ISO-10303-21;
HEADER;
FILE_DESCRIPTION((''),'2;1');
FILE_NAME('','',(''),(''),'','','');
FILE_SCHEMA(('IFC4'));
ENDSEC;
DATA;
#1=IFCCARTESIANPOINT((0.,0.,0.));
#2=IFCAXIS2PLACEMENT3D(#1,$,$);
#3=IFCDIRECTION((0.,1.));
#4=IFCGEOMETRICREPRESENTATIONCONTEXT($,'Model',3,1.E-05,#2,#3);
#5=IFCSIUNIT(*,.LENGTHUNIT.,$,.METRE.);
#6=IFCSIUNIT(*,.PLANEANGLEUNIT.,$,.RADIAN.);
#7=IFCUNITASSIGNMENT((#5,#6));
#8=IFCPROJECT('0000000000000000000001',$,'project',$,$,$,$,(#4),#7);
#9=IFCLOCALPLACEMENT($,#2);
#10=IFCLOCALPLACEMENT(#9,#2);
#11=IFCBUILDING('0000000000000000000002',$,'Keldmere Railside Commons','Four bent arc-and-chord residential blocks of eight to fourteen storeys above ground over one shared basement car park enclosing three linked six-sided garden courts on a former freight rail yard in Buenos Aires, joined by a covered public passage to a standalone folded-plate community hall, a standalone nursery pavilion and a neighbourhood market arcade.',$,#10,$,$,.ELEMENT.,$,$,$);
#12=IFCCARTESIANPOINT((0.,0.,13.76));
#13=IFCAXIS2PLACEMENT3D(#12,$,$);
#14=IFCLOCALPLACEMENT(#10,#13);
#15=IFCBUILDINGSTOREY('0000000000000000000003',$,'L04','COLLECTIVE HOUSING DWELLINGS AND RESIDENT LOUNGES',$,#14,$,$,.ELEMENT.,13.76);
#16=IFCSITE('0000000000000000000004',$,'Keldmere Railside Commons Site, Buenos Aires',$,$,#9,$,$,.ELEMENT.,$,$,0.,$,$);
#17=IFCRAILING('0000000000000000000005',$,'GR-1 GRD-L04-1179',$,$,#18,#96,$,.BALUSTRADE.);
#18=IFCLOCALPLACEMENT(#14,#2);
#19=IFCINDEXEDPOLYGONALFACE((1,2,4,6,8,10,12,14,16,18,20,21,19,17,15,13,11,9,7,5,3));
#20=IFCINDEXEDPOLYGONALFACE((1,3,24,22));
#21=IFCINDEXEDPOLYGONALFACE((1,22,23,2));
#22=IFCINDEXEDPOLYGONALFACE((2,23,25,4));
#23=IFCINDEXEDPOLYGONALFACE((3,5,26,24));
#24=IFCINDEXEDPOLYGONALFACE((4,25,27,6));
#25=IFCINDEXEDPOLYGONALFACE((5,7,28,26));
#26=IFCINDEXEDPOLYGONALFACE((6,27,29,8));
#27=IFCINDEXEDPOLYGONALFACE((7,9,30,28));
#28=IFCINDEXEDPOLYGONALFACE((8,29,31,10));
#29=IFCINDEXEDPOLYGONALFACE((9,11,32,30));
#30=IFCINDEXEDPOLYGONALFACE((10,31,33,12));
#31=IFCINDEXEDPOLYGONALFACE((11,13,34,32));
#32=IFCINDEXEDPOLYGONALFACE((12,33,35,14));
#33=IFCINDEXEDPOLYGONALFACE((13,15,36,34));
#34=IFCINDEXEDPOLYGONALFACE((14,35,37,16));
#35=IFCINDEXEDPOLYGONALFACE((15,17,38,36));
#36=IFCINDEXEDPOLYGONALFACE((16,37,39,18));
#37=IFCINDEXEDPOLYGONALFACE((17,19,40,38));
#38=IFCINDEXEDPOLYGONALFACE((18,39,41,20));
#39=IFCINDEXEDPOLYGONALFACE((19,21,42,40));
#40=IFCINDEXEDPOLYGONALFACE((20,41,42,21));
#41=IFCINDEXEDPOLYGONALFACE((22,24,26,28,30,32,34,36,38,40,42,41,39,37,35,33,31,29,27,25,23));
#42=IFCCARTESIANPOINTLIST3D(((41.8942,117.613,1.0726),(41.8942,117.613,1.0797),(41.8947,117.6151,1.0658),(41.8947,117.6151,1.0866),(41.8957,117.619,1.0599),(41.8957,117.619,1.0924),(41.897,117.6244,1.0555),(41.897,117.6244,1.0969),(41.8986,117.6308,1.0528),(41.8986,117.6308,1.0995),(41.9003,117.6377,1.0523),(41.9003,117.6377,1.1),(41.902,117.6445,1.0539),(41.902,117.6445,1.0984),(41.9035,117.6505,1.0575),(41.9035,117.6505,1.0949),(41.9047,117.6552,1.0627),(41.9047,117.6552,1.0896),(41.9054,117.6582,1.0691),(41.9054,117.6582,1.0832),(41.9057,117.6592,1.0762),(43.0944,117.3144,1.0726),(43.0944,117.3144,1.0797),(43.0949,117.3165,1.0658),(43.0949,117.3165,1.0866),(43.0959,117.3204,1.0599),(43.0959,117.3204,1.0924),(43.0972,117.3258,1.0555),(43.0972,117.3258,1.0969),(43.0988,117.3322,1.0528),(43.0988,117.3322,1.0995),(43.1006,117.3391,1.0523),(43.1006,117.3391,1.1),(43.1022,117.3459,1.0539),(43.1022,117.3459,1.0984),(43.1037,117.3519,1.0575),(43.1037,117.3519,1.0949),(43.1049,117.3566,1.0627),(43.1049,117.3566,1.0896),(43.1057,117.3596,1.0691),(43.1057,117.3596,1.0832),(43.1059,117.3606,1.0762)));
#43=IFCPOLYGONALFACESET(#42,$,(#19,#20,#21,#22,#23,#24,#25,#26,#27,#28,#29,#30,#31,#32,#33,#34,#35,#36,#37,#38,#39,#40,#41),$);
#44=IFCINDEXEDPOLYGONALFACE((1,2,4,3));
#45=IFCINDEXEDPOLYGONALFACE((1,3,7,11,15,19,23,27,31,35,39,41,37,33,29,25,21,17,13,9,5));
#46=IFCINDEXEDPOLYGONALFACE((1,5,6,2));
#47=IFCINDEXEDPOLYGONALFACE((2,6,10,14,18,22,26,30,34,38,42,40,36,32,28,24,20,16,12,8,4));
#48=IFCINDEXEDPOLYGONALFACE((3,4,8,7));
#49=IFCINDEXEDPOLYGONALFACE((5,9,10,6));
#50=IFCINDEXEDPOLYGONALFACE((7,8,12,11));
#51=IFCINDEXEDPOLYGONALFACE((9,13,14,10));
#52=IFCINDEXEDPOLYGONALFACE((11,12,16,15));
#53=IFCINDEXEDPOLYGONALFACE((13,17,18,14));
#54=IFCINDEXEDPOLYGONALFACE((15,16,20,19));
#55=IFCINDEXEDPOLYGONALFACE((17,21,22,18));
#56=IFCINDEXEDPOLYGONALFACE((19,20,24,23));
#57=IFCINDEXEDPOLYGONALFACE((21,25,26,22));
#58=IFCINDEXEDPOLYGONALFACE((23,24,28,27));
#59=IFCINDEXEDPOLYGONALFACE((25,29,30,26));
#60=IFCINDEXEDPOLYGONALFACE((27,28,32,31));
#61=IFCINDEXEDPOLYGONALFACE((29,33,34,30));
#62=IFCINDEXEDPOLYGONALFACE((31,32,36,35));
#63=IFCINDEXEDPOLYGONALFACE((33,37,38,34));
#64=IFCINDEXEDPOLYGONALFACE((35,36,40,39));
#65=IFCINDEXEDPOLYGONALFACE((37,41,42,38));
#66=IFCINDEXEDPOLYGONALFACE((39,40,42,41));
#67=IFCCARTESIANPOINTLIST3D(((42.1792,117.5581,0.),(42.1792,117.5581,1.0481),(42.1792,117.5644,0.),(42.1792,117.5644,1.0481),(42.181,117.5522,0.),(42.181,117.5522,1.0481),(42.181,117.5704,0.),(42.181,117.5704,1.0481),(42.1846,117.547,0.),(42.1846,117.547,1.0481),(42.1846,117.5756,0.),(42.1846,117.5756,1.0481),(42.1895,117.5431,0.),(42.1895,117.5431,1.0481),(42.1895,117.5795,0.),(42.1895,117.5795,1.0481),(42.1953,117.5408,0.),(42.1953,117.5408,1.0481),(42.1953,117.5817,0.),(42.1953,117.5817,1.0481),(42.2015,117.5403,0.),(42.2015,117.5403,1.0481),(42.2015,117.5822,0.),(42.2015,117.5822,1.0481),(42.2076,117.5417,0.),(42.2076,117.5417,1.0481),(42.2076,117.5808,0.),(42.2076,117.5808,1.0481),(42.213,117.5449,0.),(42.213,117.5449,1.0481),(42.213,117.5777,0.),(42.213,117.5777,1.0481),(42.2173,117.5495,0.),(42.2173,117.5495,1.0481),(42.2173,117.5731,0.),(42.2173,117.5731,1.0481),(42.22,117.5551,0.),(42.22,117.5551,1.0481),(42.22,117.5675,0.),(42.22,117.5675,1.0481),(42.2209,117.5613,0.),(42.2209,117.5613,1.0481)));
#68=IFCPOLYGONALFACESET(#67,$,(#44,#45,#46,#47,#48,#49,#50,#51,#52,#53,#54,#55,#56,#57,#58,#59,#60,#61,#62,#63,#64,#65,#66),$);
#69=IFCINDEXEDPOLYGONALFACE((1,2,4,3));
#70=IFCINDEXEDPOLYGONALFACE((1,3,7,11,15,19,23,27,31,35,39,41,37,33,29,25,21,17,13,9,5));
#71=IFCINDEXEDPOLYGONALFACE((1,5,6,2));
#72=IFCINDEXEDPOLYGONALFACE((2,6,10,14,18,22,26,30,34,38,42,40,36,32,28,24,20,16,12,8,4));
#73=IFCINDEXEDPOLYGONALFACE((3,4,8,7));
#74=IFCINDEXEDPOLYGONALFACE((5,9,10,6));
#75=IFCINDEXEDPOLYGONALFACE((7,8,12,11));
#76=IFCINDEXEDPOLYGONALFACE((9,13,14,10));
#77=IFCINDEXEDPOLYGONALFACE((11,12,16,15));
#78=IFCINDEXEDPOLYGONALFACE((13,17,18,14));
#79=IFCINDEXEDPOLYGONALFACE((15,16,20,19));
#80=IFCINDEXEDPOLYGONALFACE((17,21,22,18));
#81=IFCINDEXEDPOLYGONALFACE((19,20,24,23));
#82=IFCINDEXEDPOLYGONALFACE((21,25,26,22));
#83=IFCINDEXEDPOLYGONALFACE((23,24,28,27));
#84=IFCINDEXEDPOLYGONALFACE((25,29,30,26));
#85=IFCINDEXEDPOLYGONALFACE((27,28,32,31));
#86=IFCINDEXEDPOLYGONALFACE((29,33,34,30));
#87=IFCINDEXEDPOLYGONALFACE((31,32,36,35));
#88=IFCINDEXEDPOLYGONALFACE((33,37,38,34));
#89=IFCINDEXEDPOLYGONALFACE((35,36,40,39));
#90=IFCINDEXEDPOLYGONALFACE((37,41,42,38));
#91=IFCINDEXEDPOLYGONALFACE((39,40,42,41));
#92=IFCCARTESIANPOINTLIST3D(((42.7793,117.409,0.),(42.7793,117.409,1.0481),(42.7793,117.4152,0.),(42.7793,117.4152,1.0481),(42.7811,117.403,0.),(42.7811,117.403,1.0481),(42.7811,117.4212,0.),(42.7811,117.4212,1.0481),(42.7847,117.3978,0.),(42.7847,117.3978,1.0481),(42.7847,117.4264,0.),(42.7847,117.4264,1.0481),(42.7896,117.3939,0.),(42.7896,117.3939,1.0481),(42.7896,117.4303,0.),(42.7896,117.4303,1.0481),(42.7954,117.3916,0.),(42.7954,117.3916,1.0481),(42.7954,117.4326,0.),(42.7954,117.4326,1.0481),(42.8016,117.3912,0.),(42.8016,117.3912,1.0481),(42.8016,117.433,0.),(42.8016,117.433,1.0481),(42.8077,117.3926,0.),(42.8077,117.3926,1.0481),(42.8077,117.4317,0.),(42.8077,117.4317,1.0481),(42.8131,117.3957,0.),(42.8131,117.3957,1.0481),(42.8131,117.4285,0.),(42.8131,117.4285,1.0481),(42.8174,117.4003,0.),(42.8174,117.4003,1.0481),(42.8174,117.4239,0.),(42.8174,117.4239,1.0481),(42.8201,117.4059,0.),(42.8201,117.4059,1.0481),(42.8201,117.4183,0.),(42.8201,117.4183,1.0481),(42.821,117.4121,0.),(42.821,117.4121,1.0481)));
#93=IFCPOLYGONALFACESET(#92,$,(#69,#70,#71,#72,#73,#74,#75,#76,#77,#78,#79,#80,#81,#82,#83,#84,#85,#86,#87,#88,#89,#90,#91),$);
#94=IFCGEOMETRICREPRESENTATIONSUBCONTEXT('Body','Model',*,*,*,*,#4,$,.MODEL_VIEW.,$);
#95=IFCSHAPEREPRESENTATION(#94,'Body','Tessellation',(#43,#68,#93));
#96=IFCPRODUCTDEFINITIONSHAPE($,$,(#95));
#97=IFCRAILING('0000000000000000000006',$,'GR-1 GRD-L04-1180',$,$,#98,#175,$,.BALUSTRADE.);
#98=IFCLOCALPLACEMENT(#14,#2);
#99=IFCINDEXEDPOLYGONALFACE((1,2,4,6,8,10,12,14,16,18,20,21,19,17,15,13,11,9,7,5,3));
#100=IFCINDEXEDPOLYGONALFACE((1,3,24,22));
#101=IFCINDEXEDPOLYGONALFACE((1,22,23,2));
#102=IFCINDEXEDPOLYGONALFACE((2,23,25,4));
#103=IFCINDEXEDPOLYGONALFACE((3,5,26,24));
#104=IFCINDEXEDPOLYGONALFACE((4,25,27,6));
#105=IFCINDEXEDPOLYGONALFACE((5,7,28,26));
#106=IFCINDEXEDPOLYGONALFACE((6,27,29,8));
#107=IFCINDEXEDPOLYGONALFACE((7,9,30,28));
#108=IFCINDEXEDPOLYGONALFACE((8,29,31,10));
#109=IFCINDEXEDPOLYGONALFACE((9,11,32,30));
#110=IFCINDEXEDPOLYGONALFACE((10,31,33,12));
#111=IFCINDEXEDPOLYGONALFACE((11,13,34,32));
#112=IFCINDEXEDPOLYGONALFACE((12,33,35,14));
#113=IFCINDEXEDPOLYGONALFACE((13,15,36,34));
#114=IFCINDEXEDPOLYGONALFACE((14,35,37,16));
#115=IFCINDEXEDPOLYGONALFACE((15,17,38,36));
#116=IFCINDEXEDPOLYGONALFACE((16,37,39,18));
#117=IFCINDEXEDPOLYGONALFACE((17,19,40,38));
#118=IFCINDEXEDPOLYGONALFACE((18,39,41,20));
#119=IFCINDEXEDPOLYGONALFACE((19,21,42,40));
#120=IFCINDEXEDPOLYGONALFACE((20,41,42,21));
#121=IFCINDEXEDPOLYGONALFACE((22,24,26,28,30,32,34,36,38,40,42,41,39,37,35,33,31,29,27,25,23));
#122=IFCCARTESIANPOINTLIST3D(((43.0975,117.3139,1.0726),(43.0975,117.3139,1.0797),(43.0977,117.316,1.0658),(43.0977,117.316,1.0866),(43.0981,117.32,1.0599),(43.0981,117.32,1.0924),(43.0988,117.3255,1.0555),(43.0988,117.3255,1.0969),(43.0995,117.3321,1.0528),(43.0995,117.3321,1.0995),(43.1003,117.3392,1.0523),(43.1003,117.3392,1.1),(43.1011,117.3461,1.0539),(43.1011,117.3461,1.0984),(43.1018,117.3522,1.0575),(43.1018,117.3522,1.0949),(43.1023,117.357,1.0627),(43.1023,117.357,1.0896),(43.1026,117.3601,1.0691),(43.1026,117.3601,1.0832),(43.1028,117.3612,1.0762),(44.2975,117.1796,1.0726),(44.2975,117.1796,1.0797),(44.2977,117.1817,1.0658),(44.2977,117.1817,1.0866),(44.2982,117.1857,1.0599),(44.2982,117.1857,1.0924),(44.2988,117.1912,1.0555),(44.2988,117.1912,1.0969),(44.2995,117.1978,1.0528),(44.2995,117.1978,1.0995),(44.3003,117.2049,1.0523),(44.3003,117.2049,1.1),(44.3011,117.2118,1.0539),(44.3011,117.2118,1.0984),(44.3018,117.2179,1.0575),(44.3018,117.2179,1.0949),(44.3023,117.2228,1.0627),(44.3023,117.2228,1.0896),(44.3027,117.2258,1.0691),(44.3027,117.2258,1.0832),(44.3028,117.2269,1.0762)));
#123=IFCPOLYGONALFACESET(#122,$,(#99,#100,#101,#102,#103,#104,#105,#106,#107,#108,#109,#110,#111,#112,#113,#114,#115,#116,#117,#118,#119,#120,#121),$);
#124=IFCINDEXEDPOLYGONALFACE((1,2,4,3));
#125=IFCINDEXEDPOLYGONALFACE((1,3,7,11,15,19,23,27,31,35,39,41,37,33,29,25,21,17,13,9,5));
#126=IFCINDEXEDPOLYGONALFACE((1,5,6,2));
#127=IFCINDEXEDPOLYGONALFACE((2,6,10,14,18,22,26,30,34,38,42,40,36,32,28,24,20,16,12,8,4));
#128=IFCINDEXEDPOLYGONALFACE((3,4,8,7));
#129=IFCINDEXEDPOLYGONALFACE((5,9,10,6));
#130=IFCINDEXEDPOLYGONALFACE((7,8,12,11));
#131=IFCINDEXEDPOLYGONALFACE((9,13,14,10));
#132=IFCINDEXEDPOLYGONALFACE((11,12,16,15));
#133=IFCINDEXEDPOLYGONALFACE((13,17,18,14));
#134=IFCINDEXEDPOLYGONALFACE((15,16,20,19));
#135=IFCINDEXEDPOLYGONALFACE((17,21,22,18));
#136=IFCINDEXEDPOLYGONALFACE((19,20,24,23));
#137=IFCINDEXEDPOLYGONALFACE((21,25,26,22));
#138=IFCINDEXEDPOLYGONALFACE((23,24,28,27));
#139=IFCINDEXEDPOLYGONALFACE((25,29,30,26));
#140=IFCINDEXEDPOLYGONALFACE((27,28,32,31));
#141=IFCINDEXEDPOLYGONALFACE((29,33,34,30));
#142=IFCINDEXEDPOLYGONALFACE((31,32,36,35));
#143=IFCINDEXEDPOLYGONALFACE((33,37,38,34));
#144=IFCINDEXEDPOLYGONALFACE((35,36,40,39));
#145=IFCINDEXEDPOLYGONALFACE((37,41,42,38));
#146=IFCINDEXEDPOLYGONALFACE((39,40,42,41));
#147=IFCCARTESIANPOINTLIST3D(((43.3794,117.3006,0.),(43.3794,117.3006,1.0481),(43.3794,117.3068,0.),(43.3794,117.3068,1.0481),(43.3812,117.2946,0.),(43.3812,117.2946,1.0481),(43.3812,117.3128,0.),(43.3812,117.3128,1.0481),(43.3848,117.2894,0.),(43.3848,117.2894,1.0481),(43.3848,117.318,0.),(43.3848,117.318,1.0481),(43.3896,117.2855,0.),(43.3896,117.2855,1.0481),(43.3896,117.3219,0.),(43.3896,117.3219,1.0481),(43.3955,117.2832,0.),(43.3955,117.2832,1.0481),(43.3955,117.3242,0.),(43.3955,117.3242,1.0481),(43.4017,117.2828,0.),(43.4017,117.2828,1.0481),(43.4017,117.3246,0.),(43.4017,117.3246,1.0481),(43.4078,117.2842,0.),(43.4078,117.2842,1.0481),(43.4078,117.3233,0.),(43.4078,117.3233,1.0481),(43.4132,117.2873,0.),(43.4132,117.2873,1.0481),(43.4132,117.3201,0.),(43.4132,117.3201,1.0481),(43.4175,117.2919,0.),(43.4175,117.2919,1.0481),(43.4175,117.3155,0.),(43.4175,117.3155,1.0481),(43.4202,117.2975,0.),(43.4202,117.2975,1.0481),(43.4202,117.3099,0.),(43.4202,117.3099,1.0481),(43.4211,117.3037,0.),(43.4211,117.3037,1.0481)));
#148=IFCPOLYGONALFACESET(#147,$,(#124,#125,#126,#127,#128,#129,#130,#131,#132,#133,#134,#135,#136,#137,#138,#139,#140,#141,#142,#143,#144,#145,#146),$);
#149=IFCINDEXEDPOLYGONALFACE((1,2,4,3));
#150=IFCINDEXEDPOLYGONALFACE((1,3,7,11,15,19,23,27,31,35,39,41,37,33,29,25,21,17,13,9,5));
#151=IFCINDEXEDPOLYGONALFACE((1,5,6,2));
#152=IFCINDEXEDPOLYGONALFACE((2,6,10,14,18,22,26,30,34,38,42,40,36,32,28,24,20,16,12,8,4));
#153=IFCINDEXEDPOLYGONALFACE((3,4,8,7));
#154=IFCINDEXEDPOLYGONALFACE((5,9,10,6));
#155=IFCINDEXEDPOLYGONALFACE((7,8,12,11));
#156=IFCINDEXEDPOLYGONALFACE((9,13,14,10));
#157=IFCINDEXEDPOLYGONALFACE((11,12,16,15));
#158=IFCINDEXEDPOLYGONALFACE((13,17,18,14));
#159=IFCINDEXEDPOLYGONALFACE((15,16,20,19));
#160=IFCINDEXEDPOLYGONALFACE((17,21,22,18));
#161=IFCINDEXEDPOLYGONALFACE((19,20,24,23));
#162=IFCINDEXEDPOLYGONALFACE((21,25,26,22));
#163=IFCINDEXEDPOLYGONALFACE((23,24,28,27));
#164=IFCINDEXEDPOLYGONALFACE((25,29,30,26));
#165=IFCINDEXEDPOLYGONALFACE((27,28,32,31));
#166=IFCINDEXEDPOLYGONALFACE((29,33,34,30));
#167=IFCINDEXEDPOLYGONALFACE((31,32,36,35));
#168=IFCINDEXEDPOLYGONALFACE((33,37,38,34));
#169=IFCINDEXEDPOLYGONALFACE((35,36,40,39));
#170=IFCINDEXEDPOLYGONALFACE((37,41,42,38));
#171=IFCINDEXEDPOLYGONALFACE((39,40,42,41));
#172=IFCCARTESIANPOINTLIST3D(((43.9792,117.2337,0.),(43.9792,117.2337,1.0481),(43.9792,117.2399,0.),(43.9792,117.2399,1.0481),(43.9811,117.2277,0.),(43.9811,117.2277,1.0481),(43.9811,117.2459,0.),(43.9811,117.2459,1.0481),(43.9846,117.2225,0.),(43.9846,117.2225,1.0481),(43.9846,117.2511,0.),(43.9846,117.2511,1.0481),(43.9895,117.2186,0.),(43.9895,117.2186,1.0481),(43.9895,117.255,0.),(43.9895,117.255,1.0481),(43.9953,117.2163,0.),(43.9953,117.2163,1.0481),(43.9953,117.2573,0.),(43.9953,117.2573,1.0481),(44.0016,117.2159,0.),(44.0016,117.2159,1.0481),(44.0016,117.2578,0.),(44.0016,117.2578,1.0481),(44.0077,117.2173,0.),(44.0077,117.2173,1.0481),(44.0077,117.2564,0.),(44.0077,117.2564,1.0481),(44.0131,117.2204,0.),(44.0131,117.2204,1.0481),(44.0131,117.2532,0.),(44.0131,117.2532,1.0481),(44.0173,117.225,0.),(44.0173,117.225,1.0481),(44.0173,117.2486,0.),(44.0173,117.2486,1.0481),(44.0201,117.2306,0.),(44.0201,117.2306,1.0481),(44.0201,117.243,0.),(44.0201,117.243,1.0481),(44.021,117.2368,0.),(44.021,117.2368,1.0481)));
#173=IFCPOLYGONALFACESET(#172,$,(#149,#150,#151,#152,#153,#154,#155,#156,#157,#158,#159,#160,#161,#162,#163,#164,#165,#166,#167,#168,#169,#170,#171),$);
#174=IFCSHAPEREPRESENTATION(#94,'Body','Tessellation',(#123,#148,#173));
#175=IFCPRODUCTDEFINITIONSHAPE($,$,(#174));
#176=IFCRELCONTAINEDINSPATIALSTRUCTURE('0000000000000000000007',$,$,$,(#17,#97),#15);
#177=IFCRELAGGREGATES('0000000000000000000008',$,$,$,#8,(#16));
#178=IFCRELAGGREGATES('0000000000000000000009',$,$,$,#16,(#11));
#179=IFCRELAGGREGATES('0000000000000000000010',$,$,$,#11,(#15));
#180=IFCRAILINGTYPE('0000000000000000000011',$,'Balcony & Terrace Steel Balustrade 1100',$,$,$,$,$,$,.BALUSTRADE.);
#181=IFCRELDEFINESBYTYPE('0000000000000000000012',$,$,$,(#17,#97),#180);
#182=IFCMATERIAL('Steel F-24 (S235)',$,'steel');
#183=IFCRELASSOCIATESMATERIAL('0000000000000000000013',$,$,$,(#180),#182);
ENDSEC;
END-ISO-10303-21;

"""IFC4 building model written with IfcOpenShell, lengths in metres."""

from ifc_helpers import new_model, si_unit, direction, frame, origin, origin_2d, place, context, subcontext, project, spatial, circle, extrude, material, type_object, element, save


model = new_model("IFC4")

# Units and contexts
model_context = context("Model", 3, precision=1e-05, world=origin(), true_north=direction((0.0, 1.0)))
body_context = subcontext(model_context, "Body", "Model", "MODEL_VIEW")
ifc_project = project(units=[si_unit("LENGTHUNIT", "METRE"), si_unit("PLANEANGLEUNIT", "RADIAN")], contexts=[model_context])

# Site, building, storey
site_placement = place(None, origin())
site = spatial("IfcSite", under=ifc_project, at=site_placement, Name="Keldmere Railside Commons Site, Buenos Aires", CompositionType="ELEMENT", RefElevation=0.0)
building_placement = place(site_placement, origin())
building = spatial("IfcBuilding", under=site, at=building_placement, Name="Keldmere Railside Commons", Description="Four bent arc-and-chord residential blocks of eight to fourteen storeys above ground over one shared basement car park enclosing three linked six-sided garden courts on a former freight rail yard in Buenos Aires, joined by a covered public passage to a standalone folded-plate community hall, a standalone nursery pavilion and a neighbourhood market arcade.", CompositionType="ELEMENT")
storey_placement = place(building_placement, frame((0.0, 0.0, 13.76)))
storey = spatial("IfcBuildingStorey", under=building, at=storey_placement, Name="L04", Description="COLLECTIVE HOUSING DWELLINGS AND RESIDENT LOUNGES", CompositionType="ELEMENT", Elevation=13.76)

# Railings
ifc_material_1 = material(Name="Steel F-24 (S235)", Category="steel")
railing_type = type_object("IfcRailingType", Name="Balcony & Terrace Steel Balustrade 1100", PredefinedType="BALUSTRADE", material=ifc_material_1)
railing_1_placement = place(storey_placement, frame((41.8999, 117.636, 0.0)))
element("IfcRailing", 1, at=railing_1_placement, inside=storey, type_object=railing_type, Name="GR-1 GRD-L04-1179", PredefinedType="BALUSTRADE", context=body_context, shape_type="SweptSolid", body=[
    extrude(circle(Radius=0.0239, at=origin_2d()), frame((0.0, 0.0, 1.0762), z_axis=(0.970421, -0.241421, 0.0), x_axis=(0.241421, 0.970421, 0.0)), (0.0, 0.0, 1.0), 1.2368),
    extrude(circle(Radius=0.021, at=origin_2d()), frame((0.3, -0.0747, 0.0)), (0.0, 0.0, 1.0), 1.0481),
    extrude(circle(Radius=0.021, at=origin_2d()), frame((0.9001, -0.2239, 0.0)), (0.0, 0.0, 1.0), 1.0481),
])
railing_2_placement = place(storey_placement, frame((43.1001, 117.3374, 0.0)))
element("IfcRailing", 2, at=railing_2_placement, inside=storey, type_object=railing_type, Name="GR-1 GRD-L04-1180", PredefinedType="BALUSTRADE", context=body_context, shape_type="SweptSolid", body=[
    extrude(circle(Radius=0.0239, at=origin_2d()), frame((0.0, 0.0, 1.0762), z_axis=(0.993797, -0.111208, 0.0), x_axis=(0.111208, 0.993797, 0.0)), (0.0, 0.0, 1.0), 1.2075),
    extrude(circle(Radius=0.021, at=origin_2d()), frame((0.3, -0.0337, 0.0)), (0.0, 0.0, 1.0), 1.0481),
    extrude(circle(Radius=0.021, at=origin_2d()), frame((0.8999, -0.1006, 0.0)), (0.0, 0.0, 1.0), 1.0481),
])

save(model, "model.ifc")
